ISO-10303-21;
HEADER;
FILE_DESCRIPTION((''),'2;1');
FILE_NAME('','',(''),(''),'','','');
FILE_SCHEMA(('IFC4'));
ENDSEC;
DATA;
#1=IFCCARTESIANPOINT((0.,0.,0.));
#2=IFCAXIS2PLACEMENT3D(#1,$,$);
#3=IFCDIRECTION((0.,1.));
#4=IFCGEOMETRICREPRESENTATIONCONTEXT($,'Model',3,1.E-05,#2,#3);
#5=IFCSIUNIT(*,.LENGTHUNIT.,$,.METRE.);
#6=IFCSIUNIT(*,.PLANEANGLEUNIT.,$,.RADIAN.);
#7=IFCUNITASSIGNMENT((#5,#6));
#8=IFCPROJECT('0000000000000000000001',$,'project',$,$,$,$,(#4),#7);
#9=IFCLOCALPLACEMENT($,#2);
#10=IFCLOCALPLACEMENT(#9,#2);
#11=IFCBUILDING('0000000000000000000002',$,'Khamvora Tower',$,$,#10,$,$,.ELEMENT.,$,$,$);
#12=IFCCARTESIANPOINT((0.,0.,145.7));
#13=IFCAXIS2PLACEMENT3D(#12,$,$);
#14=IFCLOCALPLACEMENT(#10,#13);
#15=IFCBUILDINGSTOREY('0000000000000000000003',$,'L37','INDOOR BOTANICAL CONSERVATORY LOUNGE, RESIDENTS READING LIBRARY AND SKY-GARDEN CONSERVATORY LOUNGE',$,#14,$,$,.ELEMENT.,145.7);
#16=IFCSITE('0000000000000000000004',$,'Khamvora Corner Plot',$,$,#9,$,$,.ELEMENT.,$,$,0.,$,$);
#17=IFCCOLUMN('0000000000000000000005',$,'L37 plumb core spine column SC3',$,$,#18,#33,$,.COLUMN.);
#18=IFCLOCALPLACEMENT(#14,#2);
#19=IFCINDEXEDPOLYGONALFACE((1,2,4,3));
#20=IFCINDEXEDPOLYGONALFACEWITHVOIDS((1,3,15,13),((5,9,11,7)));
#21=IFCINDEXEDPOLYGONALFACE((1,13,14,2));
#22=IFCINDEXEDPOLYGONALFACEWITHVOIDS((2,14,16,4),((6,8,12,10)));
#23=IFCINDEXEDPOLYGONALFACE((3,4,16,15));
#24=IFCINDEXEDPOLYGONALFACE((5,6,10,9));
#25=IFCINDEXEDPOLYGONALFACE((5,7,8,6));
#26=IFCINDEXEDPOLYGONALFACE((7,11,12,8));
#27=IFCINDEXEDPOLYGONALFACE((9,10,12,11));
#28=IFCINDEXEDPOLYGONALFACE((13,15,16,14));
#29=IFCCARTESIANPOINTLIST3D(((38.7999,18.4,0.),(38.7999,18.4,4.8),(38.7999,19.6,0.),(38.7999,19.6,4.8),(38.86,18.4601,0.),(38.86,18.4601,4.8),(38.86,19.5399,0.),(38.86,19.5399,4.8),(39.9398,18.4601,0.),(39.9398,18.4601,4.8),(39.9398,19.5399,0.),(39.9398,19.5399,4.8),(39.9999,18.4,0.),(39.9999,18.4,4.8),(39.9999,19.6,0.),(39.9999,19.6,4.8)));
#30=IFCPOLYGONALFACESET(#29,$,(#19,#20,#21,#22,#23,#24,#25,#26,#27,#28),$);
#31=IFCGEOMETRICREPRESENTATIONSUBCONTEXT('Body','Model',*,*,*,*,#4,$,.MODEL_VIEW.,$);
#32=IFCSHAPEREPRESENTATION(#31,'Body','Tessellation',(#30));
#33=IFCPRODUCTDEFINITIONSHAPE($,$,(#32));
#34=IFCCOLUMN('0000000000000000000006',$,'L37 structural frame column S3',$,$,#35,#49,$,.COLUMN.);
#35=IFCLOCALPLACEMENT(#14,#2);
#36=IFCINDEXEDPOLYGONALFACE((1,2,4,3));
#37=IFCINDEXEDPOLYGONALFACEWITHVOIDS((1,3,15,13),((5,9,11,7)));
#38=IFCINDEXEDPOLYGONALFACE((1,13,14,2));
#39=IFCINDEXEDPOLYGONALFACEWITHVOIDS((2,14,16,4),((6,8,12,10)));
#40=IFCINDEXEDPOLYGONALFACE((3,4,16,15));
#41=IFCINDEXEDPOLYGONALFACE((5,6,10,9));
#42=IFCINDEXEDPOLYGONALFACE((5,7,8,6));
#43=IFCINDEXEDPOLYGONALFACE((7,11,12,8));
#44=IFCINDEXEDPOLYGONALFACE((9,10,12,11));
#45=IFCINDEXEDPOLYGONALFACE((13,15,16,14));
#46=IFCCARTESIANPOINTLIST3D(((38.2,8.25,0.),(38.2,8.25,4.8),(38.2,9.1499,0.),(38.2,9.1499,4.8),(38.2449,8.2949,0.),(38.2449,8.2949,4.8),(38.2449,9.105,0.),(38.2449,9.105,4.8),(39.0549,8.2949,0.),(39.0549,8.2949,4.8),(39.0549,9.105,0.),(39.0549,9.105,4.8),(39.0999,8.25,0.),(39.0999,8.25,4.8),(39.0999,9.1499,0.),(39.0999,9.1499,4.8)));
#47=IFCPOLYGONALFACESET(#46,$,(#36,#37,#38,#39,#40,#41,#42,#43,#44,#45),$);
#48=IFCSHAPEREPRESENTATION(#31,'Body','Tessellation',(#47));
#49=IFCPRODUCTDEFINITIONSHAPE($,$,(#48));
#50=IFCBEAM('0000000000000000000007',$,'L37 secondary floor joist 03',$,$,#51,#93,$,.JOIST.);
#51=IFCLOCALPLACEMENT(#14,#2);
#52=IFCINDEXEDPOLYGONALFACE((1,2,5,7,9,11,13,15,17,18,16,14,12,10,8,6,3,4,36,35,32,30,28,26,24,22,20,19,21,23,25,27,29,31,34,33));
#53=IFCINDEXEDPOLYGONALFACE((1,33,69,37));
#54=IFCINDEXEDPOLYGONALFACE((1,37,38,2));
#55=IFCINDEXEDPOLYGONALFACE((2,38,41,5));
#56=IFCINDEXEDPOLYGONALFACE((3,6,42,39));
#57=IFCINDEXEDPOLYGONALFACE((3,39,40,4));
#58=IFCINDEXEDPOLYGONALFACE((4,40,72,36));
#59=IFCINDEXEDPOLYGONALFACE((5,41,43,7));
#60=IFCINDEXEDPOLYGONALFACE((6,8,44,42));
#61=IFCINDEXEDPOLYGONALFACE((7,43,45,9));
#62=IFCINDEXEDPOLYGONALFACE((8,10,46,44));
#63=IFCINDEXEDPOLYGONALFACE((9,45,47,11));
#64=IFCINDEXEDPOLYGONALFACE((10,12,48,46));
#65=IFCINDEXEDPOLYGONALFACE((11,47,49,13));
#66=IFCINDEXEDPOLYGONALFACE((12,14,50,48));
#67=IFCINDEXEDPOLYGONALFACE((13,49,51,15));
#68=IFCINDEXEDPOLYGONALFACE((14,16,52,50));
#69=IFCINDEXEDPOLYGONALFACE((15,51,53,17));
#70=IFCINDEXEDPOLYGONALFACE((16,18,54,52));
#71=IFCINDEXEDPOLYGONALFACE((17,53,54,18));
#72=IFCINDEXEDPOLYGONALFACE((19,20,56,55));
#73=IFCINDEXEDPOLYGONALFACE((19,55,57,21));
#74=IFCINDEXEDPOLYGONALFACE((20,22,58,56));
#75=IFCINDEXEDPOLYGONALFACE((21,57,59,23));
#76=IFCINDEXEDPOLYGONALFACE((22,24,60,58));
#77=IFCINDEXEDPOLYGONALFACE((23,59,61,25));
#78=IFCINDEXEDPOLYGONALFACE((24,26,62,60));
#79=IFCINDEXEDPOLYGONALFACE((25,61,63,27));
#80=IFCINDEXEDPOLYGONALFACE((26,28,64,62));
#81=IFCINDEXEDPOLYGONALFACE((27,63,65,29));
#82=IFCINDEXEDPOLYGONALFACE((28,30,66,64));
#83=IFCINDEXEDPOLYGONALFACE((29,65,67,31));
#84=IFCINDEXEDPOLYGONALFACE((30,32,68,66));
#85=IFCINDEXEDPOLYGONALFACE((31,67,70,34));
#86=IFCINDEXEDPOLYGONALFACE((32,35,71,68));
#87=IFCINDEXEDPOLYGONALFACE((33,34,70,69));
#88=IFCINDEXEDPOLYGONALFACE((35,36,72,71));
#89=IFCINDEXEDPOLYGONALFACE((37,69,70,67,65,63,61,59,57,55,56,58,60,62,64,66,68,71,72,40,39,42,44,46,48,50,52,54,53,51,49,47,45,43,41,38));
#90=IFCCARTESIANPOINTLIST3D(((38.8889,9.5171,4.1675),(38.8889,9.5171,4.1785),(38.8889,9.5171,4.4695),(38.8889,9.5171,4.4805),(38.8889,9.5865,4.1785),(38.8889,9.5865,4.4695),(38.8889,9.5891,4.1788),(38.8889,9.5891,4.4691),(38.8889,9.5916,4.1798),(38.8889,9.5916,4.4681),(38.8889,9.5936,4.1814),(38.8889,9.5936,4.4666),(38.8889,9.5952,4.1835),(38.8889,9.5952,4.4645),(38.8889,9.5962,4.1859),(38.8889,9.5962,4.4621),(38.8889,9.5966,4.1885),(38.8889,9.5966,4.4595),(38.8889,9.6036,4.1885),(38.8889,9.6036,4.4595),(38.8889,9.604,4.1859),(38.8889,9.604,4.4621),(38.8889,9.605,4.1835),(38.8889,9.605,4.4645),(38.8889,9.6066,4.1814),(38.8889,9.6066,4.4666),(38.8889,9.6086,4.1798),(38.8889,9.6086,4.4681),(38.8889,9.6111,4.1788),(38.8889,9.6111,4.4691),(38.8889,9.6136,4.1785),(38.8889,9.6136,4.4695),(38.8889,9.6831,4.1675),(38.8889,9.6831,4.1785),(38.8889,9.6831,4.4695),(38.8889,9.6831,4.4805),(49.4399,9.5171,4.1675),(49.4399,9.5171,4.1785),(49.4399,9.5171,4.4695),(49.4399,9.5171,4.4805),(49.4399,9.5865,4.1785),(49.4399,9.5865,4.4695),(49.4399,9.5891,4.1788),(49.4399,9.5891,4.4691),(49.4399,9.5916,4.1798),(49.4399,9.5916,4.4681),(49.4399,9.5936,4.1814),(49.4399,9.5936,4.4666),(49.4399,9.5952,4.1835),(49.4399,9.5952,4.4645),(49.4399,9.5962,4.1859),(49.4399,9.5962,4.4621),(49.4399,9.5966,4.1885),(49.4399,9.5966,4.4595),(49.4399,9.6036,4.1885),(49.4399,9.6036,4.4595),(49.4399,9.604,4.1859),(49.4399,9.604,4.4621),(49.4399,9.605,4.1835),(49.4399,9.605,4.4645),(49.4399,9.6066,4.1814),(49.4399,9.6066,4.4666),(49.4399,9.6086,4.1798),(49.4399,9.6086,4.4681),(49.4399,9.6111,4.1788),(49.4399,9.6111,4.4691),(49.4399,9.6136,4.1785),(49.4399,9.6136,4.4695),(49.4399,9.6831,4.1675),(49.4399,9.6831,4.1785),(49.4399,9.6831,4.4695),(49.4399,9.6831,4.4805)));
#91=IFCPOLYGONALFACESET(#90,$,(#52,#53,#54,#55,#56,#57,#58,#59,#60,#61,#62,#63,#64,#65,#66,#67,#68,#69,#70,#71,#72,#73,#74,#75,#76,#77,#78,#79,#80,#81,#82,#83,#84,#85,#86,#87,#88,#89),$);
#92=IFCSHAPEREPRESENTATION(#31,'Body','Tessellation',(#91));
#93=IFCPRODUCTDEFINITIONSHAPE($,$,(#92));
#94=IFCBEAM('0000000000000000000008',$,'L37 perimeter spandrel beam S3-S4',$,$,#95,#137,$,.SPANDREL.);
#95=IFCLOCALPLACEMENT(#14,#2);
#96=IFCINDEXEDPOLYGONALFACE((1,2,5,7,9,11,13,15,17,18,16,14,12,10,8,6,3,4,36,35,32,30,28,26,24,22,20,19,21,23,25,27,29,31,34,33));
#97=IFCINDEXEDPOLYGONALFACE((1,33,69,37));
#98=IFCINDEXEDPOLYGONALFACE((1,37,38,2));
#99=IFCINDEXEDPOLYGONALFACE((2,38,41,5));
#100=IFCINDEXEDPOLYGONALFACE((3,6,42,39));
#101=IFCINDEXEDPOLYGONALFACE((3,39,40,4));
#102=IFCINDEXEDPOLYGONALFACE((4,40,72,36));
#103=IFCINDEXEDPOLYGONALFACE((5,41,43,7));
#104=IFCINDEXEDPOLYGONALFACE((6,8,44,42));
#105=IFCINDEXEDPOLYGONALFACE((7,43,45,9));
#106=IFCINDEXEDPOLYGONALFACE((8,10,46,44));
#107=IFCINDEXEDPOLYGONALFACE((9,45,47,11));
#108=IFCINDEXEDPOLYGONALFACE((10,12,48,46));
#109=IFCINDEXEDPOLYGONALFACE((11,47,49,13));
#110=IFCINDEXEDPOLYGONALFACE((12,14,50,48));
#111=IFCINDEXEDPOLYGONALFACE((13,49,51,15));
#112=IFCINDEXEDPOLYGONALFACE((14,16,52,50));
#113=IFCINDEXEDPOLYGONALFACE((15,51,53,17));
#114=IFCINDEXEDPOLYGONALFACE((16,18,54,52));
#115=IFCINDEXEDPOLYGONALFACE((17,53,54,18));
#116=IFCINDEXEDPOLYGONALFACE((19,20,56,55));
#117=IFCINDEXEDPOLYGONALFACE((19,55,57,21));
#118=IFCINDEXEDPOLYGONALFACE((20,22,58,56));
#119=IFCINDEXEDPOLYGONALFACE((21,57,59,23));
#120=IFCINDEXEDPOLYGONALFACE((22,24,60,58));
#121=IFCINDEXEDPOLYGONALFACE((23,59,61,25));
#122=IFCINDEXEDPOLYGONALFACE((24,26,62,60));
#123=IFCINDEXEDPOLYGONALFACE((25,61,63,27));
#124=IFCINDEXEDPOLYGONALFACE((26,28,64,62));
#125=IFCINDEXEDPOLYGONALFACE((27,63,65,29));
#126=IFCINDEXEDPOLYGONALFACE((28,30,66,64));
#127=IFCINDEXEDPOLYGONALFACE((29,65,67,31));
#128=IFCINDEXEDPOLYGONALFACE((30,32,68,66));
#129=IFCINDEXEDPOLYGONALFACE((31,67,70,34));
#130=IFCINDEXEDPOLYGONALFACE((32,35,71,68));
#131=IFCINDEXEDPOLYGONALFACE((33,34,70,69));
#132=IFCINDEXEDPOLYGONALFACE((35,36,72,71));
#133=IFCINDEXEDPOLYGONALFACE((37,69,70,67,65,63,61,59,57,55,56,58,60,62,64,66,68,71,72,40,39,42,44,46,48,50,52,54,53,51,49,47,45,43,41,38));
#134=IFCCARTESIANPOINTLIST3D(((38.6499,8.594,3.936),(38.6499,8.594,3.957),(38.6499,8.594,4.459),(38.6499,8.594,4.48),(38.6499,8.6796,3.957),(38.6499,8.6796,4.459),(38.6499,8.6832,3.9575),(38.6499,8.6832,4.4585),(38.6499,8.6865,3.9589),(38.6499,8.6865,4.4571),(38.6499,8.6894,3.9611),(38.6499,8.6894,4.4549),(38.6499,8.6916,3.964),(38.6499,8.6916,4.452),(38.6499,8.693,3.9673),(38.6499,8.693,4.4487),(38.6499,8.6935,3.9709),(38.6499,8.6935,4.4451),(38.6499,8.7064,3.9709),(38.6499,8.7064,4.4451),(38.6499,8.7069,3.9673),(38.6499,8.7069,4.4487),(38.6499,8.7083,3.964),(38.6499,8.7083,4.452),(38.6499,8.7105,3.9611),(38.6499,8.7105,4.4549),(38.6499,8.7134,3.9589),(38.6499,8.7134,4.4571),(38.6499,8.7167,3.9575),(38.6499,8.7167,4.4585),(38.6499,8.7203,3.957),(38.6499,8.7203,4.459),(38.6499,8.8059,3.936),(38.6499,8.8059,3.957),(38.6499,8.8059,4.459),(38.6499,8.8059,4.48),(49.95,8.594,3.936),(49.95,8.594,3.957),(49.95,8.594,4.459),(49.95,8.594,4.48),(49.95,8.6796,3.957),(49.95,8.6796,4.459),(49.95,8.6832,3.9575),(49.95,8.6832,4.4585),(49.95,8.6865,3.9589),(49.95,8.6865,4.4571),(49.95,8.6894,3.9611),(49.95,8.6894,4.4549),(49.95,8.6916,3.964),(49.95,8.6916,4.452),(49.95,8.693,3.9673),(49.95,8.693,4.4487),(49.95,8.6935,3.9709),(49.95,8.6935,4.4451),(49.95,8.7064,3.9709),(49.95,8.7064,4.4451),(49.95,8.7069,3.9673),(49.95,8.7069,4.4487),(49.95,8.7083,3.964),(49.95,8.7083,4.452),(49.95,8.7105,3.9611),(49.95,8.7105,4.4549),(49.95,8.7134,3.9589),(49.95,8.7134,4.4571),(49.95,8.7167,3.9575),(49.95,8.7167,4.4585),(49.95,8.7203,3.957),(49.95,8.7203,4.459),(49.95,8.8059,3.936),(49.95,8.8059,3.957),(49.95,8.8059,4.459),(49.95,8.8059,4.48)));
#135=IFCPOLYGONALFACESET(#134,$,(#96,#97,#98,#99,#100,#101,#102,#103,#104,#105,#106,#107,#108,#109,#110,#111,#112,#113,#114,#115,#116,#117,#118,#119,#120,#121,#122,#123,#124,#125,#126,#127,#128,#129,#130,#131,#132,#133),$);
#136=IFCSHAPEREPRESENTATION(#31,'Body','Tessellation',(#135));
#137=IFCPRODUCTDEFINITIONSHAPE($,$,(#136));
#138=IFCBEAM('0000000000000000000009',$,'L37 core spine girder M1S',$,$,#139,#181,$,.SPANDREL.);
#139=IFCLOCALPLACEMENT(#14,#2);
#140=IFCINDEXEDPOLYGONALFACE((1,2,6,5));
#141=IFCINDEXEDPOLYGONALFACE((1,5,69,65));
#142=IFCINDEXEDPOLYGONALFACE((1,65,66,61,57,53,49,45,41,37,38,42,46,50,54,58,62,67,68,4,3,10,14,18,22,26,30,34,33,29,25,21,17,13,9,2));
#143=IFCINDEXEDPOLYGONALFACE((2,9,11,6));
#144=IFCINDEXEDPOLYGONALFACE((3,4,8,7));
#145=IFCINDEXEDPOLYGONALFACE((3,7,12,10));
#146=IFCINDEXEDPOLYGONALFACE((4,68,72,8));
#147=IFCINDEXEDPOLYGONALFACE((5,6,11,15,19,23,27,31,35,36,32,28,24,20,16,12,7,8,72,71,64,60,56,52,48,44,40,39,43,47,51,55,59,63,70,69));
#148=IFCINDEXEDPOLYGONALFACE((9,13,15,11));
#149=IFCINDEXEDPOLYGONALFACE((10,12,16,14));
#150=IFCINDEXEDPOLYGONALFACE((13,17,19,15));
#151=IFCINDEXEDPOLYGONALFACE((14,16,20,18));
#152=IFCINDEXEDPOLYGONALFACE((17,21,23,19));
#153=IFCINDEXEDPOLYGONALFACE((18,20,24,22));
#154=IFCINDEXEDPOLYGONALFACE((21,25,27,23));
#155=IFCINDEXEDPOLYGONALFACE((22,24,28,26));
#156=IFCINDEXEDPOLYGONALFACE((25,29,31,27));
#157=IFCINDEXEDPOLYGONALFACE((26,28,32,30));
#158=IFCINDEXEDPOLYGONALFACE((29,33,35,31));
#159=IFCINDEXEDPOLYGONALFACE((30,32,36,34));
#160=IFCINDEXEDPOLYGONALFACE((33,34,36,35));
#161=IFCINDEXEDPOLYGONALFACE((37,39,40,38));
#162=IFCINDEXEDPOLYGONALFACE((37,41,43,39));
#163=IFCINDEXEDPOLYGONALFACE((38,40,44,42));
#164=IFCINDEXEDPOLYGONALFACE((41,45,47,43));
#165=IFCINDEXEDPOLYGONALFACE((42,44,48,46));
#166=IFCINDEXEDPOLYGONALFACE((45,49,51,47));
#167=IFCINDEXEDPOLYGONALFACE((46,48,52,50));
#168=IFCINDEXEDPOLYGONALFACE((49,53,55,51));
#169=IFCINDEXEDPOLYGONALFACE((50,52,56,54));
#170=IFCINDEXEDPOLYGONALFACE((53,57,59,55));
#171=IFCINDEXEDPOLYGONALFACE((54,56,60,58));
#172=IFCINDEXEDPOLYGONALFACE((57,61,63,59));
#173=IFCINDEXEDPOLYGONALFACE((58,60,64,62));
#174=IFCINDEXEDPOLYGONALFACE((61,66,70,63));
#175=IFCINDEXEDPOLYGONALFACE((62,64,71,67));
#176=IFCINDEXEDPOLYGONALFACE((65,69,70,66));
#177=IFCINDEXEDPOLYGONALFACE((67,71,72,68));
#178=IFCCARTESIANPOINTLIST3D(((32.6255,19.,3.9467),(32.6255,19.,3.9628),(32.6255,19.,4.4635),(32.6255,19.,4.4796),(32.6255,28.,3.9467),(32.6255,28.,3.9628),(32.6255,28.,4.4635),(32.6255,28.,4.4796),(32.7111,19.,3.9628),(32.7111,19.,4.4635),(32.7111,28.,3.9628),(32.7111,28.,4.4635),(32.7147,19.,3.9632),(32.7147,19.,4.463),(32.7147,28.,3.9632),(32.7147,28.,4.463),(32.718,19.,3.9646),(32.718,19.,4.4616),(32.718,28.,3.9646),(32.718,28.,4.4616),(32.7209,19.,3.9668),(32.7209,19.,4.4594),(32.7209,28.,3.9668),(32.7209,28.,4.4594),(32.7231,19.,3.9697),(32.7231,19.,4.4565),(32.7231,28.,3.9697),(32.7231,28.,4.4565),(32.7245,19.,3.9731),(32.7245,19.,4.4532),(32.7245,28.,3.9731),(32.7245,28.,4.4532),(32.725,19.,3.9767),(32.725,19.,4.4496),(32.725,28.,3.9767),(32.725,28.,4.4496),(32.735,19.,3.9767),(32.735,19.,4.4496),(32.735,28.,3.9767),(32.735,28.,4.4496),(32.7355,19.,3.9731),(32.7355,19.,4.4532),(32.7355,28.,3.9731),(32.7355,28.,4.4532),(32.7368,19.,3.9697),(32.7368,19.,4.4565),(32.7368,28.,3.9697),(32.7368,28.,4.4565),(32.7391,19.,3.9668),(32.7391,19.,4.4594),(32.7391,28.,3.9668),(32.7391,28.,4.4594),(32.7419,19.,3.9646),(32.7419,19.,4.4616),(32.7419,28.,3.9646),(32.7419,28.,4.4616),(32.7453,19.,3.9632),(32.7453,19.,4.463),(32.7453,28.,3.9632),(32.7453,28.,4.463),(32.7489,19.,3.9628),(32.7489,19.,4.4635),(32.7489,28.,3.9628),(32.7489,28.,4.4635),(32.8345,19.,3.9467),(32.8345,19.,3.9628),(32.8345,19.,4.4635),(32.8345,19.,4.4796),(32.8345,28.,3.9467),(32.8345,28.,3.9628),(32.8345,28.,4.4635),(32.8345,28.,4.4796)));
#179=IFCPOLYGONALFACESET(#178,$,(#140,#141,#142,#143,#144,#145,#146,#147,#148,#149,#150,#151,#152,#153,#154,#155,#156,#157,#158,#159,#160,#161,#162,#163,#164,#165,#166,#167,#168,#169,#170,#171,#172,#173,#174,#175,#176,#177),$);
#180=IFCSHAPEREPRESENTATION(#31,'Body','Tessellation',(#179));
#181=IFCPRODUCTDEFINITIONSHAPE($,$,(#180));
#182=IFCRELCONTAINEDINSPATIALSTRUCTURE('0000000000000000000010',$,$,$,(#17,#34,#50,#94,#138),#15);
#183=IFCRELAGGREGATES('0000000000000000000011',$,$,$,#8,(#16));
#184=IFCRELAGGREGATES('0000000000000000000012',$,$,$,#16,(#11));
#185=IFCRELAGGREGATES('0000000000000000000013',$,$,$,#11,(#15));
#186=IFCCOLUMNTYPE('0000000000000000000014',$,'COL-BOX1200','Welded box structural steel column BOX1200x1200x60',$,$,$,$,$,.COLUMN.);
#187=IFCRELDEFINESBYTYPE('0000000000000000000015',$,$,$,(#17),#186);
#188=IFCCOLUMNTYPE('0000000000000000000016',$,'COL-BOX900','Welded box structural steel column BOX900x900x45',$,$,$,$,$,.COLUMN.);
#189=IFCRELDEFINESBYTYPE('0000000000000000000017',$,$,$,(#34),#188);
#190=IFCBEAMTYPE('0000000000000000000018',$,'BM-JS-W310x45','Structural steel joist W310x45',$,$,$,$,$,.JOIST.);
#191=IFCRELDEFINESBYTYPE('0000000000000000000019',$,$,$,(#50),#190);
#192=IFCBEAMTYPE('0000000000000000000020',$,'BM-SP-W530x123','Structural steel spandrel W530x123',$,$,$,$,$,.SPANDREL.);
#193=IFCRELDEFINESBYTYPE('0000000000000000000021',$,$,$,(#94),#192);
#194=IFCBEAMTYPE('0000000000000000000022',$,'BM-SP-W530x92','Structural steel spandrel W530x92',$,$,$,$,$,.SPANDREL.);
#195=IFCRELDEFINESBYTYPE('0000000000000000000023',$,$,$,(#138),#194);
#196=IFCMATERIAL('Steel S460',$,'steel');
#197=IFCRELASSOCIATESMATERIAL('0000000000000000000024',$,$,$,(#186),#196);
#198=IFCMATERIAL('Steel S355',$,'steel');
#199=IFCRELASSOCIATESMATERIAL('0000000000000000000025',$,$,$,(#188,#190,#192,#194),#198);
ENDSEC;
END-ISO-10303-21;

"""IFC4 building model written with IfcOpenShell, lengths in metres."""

from ifc_helpers import new_model, si_unit, direction, frame, origin, origin_2d, place, context, subcontext, project, spatial, hollow_rectangle, i_section, extrude, material, material_profile, profile_set, type_object, element, save


model = new_model("IFC4")

# Units and contexts
model_context = context("Model", 3, precision=1e-05, world=origin(), true_north=direction((0.0, 1.0)))
body_context = subcontext(model_context, "Body", "Model", "MODEL_VIEW")
ifc_project = project(units=[si_unit("LENGTHUNIT", "METRE"), si_unit("PLANEANGLEUNIT", "RADIAN")], contexts=[model_context])

# Site, building, storey
site_placement = place(None, origin())
site = spatial("IfcSite", under=ifc_project, at=site_placement, Name="Khamvora Corner Plot", CompositionType="ELEMENT", RefElevation=0.0)
building_placement = place(site_placement, origin())
building = spatial("IfcBuilding", under=site, at=building_placement, Name="Khamvora Tower", CompositionType="ELEMENT")
storey_placement = place(building_placement, frame((0.0, 0.0, 145.7)))
storey = spatial("IfcBuildingStorey", under=building, at=storey_placement, Name="L37", Description="INDOOR BOTANICAL CONSERVATORY LOUNGE, RESIDENTS READING LIBRARY AND SKY-GARDEN CONSERVATORY LOUNGE", CompositionType="ELEMENT", Elevation=145.7)

# Columns
ifc_material_1 = material(Name="Steel S460", Category="steel")
ifc_material_profile_1 = material_profile(ifc_material_1, hollow_rectangle(XDim=1.2, YDim=1.2, WallThickness=0.0601, at=origin_2d()), Name="BOX1200x1200x60")
ifc_profile_set_1 = profile_set([ifc_material_profile_1], Name="Steel S460")
column_type_1 = type_object("IfcColumnType", Name="COL-BOX1200", Description="Welded box structural steel column BOX1200x1200x60", PredefinedType="COLUMN", material=ifc_profile_set_1)
column_1_placement = place(storey_placement, frame((39.3999, 19.0, 0.0), z_axis=(0.0, 0.0, 1.0), x_axis=(1.0, 0.0, 0.0)))
element("IfcColumn", 1, at=column_1_placement, inside=storey, type_object=column_type_1, Name="L37 plumb core spine column SC3", PredefinedType="COLUMN", context=body_context, shape_type="SweptSolid", body=[
    extrude(hollow_rectangle(XDim=1.2, YDim=1.2, WallThickness=0.0601, at=origin_2d()), origin(), (0.0, 0.0, 1.0), 4.8),
])
ifc_material_2 = material(Name="Steel S355", Category="steel")
ifc_material_profile_2 = material_profile(ifc_material_2, hollow_rectangle(XDim=0.8999, YDim=0.8999, WallThickness=0.0449, at=origin_2d()), Name="BOX900x900x45")
ifc_profile_set_2 = profile_set([ifc_material_profile_2], Name="Steel S355")
column_type_2 = type_object("IfcColumnType", Name="COL-BOX900", Description="Welded box structural steel column BOX900x900x45", PredefinedType="COLUMN", material=ifc_profile_set_2)
column_2_placement = place(storey_placement, frame((38.6499, 8.7, 0.0), z_axis=(0.0, 0.0, 1.0), x_axis=(1.0, 0.0, 0.0)))
element("IfcColumn", 2, at=column_2_placement, inside=storey, type_object=column_type_2, Name="L37 structural frame column S3", PredefinedType="COLUMN", context=body_context, shape_type="SweptSolid", body=[
    extrude(hollow_rectangle(XDim=0.8999, YDim=0.8999, WallThickness=0.0449, at=origin_2d()), origin(), (0.0, 0.0, 1.0), 4.8),
])

# Beams
ifc_material_profile_3 = material_profile(ifc_material_2, i_section(OverallWidth=0.166, OverallDepth=0.313, WebThickness=0.0071, FlangeThickness=0.011, FilletRadius=0.01, at=origin_2d()), Name="W310x45")
ifc_profile_set_3 = profile_set([ifc_material_profile_3], Name="Steel S355")
beam_type_1 = type_object("IfcBeamType", Name="BM-JS-W310x45", Description="Structural steel joist W310x45", PredefinedType="JOIST", material=ifc_profile_set_3)
beam_1_placement = place(storey_placement, frame((38.8889, 9.6001, 4.324), z_axis=(1.0, 0.0, 0.0), x_axis=(0.0, 1.0, 0.0)))
element("IfcBeam", 3, at=beam_1_placement, inside=storey, type_object=beam_type_1, Name="L37 secondary floor joist 03", PredefinedType="JOIST", context=body_context, shape_type="SweptSolid", body=[
    extrude(i_section(OverallWidth=0.166, OverallDepth=0.313, WebThickness=0.0071, FlangeThickness=0.011, FilletRadius=0.01, at=origin_2d()), origin(), (0.0, 0.0, 1.0), 10.551),
])
ifc_material_profile_4 = material_profile(ifc_material_2, i_section(OverallWidth=0.2119, OverallDepth=0.5439, WebThickness=0.0129, FlangeThickness=0.021, FilletRadius=0.0139, at=origin_2d()), Name="W530x123")
ifc_profile_set_4 = profile_set([ifc_material_profile_4], Name="Steel S355")
beam_type_2 = type_object("IfcBeamType", Name="BM-SP-W530x123", Description="Structural steel spandrel W530x123", PredefinedType="SPANDREL", material=ifc_profile_set_4)
beam_2_placement = place(storey_placement, frame((38.6499, 8.7, 4.208), z_axis=(1.0, 0.0, 0.0), x_axis=(0.0, 1.0, 0.0)))
element("IfcBeam", 4, at=beam_2_placement, inside=storey, type_object=beam_type_2, Name="L37 perimeter spandrel beam S3-S4", PredefinedType="SPANDREL", context=body_context, shape_type="SweptSolid", body=[
    extrude(i_section(OverallWidth=0.2119, OverallDepth=0.5439, WebThickness=0.0129, FlangeThickness=0.021, FilletRadius=0.0139, at=origin_2d()), origin(), (0.0, 0.0, 1.0), 11.3),
])
ifc_material_profile_5 = material_profile(ifc_material_2, i_section(OverallWidth=0.209, OverallDepth=0.533, WebThickness=0.01, FlangeThickness=0.0161, FilletRadius=0.0139, at=origin_2d()), Name="W530x92")
ifc_profile_set_5 = profile_set([ifc_material_profile_5], Name="Steel S355")
beam_type_3 = type_object("IfcBeamType", Name="BM-SP-W530x92", Description="Structural steel spandrel W530x92", PredefinedType="SPANDREL", material=ifc_profile_set_5)
beam_3_placement = place(storey_placement, frame((32.73, 19.0, 4.2131), z_axis=(0.0, 1.0, 0.0), x_axis=(-1.0, 0.0, 0.0)))
element("IfcBeam", 5, at=beam_3_placement, inside=storey, type_object=beam_type_3, Name="L37 core spine girder M1S", PredefinedType="SPANDREL", context=body_context, shape_type="SweptSolid", body=[
    extrude(i_section(OverallWidth=0.209, OverallDepth=0.533, WebThickness=0.01, FlangeThickness=0.0161, FilletRadius=0.0139, at=origin_2d()), origin(), (0.0, 0.0, 1.0), 9.0),
])

save(model, "model.ifc")
